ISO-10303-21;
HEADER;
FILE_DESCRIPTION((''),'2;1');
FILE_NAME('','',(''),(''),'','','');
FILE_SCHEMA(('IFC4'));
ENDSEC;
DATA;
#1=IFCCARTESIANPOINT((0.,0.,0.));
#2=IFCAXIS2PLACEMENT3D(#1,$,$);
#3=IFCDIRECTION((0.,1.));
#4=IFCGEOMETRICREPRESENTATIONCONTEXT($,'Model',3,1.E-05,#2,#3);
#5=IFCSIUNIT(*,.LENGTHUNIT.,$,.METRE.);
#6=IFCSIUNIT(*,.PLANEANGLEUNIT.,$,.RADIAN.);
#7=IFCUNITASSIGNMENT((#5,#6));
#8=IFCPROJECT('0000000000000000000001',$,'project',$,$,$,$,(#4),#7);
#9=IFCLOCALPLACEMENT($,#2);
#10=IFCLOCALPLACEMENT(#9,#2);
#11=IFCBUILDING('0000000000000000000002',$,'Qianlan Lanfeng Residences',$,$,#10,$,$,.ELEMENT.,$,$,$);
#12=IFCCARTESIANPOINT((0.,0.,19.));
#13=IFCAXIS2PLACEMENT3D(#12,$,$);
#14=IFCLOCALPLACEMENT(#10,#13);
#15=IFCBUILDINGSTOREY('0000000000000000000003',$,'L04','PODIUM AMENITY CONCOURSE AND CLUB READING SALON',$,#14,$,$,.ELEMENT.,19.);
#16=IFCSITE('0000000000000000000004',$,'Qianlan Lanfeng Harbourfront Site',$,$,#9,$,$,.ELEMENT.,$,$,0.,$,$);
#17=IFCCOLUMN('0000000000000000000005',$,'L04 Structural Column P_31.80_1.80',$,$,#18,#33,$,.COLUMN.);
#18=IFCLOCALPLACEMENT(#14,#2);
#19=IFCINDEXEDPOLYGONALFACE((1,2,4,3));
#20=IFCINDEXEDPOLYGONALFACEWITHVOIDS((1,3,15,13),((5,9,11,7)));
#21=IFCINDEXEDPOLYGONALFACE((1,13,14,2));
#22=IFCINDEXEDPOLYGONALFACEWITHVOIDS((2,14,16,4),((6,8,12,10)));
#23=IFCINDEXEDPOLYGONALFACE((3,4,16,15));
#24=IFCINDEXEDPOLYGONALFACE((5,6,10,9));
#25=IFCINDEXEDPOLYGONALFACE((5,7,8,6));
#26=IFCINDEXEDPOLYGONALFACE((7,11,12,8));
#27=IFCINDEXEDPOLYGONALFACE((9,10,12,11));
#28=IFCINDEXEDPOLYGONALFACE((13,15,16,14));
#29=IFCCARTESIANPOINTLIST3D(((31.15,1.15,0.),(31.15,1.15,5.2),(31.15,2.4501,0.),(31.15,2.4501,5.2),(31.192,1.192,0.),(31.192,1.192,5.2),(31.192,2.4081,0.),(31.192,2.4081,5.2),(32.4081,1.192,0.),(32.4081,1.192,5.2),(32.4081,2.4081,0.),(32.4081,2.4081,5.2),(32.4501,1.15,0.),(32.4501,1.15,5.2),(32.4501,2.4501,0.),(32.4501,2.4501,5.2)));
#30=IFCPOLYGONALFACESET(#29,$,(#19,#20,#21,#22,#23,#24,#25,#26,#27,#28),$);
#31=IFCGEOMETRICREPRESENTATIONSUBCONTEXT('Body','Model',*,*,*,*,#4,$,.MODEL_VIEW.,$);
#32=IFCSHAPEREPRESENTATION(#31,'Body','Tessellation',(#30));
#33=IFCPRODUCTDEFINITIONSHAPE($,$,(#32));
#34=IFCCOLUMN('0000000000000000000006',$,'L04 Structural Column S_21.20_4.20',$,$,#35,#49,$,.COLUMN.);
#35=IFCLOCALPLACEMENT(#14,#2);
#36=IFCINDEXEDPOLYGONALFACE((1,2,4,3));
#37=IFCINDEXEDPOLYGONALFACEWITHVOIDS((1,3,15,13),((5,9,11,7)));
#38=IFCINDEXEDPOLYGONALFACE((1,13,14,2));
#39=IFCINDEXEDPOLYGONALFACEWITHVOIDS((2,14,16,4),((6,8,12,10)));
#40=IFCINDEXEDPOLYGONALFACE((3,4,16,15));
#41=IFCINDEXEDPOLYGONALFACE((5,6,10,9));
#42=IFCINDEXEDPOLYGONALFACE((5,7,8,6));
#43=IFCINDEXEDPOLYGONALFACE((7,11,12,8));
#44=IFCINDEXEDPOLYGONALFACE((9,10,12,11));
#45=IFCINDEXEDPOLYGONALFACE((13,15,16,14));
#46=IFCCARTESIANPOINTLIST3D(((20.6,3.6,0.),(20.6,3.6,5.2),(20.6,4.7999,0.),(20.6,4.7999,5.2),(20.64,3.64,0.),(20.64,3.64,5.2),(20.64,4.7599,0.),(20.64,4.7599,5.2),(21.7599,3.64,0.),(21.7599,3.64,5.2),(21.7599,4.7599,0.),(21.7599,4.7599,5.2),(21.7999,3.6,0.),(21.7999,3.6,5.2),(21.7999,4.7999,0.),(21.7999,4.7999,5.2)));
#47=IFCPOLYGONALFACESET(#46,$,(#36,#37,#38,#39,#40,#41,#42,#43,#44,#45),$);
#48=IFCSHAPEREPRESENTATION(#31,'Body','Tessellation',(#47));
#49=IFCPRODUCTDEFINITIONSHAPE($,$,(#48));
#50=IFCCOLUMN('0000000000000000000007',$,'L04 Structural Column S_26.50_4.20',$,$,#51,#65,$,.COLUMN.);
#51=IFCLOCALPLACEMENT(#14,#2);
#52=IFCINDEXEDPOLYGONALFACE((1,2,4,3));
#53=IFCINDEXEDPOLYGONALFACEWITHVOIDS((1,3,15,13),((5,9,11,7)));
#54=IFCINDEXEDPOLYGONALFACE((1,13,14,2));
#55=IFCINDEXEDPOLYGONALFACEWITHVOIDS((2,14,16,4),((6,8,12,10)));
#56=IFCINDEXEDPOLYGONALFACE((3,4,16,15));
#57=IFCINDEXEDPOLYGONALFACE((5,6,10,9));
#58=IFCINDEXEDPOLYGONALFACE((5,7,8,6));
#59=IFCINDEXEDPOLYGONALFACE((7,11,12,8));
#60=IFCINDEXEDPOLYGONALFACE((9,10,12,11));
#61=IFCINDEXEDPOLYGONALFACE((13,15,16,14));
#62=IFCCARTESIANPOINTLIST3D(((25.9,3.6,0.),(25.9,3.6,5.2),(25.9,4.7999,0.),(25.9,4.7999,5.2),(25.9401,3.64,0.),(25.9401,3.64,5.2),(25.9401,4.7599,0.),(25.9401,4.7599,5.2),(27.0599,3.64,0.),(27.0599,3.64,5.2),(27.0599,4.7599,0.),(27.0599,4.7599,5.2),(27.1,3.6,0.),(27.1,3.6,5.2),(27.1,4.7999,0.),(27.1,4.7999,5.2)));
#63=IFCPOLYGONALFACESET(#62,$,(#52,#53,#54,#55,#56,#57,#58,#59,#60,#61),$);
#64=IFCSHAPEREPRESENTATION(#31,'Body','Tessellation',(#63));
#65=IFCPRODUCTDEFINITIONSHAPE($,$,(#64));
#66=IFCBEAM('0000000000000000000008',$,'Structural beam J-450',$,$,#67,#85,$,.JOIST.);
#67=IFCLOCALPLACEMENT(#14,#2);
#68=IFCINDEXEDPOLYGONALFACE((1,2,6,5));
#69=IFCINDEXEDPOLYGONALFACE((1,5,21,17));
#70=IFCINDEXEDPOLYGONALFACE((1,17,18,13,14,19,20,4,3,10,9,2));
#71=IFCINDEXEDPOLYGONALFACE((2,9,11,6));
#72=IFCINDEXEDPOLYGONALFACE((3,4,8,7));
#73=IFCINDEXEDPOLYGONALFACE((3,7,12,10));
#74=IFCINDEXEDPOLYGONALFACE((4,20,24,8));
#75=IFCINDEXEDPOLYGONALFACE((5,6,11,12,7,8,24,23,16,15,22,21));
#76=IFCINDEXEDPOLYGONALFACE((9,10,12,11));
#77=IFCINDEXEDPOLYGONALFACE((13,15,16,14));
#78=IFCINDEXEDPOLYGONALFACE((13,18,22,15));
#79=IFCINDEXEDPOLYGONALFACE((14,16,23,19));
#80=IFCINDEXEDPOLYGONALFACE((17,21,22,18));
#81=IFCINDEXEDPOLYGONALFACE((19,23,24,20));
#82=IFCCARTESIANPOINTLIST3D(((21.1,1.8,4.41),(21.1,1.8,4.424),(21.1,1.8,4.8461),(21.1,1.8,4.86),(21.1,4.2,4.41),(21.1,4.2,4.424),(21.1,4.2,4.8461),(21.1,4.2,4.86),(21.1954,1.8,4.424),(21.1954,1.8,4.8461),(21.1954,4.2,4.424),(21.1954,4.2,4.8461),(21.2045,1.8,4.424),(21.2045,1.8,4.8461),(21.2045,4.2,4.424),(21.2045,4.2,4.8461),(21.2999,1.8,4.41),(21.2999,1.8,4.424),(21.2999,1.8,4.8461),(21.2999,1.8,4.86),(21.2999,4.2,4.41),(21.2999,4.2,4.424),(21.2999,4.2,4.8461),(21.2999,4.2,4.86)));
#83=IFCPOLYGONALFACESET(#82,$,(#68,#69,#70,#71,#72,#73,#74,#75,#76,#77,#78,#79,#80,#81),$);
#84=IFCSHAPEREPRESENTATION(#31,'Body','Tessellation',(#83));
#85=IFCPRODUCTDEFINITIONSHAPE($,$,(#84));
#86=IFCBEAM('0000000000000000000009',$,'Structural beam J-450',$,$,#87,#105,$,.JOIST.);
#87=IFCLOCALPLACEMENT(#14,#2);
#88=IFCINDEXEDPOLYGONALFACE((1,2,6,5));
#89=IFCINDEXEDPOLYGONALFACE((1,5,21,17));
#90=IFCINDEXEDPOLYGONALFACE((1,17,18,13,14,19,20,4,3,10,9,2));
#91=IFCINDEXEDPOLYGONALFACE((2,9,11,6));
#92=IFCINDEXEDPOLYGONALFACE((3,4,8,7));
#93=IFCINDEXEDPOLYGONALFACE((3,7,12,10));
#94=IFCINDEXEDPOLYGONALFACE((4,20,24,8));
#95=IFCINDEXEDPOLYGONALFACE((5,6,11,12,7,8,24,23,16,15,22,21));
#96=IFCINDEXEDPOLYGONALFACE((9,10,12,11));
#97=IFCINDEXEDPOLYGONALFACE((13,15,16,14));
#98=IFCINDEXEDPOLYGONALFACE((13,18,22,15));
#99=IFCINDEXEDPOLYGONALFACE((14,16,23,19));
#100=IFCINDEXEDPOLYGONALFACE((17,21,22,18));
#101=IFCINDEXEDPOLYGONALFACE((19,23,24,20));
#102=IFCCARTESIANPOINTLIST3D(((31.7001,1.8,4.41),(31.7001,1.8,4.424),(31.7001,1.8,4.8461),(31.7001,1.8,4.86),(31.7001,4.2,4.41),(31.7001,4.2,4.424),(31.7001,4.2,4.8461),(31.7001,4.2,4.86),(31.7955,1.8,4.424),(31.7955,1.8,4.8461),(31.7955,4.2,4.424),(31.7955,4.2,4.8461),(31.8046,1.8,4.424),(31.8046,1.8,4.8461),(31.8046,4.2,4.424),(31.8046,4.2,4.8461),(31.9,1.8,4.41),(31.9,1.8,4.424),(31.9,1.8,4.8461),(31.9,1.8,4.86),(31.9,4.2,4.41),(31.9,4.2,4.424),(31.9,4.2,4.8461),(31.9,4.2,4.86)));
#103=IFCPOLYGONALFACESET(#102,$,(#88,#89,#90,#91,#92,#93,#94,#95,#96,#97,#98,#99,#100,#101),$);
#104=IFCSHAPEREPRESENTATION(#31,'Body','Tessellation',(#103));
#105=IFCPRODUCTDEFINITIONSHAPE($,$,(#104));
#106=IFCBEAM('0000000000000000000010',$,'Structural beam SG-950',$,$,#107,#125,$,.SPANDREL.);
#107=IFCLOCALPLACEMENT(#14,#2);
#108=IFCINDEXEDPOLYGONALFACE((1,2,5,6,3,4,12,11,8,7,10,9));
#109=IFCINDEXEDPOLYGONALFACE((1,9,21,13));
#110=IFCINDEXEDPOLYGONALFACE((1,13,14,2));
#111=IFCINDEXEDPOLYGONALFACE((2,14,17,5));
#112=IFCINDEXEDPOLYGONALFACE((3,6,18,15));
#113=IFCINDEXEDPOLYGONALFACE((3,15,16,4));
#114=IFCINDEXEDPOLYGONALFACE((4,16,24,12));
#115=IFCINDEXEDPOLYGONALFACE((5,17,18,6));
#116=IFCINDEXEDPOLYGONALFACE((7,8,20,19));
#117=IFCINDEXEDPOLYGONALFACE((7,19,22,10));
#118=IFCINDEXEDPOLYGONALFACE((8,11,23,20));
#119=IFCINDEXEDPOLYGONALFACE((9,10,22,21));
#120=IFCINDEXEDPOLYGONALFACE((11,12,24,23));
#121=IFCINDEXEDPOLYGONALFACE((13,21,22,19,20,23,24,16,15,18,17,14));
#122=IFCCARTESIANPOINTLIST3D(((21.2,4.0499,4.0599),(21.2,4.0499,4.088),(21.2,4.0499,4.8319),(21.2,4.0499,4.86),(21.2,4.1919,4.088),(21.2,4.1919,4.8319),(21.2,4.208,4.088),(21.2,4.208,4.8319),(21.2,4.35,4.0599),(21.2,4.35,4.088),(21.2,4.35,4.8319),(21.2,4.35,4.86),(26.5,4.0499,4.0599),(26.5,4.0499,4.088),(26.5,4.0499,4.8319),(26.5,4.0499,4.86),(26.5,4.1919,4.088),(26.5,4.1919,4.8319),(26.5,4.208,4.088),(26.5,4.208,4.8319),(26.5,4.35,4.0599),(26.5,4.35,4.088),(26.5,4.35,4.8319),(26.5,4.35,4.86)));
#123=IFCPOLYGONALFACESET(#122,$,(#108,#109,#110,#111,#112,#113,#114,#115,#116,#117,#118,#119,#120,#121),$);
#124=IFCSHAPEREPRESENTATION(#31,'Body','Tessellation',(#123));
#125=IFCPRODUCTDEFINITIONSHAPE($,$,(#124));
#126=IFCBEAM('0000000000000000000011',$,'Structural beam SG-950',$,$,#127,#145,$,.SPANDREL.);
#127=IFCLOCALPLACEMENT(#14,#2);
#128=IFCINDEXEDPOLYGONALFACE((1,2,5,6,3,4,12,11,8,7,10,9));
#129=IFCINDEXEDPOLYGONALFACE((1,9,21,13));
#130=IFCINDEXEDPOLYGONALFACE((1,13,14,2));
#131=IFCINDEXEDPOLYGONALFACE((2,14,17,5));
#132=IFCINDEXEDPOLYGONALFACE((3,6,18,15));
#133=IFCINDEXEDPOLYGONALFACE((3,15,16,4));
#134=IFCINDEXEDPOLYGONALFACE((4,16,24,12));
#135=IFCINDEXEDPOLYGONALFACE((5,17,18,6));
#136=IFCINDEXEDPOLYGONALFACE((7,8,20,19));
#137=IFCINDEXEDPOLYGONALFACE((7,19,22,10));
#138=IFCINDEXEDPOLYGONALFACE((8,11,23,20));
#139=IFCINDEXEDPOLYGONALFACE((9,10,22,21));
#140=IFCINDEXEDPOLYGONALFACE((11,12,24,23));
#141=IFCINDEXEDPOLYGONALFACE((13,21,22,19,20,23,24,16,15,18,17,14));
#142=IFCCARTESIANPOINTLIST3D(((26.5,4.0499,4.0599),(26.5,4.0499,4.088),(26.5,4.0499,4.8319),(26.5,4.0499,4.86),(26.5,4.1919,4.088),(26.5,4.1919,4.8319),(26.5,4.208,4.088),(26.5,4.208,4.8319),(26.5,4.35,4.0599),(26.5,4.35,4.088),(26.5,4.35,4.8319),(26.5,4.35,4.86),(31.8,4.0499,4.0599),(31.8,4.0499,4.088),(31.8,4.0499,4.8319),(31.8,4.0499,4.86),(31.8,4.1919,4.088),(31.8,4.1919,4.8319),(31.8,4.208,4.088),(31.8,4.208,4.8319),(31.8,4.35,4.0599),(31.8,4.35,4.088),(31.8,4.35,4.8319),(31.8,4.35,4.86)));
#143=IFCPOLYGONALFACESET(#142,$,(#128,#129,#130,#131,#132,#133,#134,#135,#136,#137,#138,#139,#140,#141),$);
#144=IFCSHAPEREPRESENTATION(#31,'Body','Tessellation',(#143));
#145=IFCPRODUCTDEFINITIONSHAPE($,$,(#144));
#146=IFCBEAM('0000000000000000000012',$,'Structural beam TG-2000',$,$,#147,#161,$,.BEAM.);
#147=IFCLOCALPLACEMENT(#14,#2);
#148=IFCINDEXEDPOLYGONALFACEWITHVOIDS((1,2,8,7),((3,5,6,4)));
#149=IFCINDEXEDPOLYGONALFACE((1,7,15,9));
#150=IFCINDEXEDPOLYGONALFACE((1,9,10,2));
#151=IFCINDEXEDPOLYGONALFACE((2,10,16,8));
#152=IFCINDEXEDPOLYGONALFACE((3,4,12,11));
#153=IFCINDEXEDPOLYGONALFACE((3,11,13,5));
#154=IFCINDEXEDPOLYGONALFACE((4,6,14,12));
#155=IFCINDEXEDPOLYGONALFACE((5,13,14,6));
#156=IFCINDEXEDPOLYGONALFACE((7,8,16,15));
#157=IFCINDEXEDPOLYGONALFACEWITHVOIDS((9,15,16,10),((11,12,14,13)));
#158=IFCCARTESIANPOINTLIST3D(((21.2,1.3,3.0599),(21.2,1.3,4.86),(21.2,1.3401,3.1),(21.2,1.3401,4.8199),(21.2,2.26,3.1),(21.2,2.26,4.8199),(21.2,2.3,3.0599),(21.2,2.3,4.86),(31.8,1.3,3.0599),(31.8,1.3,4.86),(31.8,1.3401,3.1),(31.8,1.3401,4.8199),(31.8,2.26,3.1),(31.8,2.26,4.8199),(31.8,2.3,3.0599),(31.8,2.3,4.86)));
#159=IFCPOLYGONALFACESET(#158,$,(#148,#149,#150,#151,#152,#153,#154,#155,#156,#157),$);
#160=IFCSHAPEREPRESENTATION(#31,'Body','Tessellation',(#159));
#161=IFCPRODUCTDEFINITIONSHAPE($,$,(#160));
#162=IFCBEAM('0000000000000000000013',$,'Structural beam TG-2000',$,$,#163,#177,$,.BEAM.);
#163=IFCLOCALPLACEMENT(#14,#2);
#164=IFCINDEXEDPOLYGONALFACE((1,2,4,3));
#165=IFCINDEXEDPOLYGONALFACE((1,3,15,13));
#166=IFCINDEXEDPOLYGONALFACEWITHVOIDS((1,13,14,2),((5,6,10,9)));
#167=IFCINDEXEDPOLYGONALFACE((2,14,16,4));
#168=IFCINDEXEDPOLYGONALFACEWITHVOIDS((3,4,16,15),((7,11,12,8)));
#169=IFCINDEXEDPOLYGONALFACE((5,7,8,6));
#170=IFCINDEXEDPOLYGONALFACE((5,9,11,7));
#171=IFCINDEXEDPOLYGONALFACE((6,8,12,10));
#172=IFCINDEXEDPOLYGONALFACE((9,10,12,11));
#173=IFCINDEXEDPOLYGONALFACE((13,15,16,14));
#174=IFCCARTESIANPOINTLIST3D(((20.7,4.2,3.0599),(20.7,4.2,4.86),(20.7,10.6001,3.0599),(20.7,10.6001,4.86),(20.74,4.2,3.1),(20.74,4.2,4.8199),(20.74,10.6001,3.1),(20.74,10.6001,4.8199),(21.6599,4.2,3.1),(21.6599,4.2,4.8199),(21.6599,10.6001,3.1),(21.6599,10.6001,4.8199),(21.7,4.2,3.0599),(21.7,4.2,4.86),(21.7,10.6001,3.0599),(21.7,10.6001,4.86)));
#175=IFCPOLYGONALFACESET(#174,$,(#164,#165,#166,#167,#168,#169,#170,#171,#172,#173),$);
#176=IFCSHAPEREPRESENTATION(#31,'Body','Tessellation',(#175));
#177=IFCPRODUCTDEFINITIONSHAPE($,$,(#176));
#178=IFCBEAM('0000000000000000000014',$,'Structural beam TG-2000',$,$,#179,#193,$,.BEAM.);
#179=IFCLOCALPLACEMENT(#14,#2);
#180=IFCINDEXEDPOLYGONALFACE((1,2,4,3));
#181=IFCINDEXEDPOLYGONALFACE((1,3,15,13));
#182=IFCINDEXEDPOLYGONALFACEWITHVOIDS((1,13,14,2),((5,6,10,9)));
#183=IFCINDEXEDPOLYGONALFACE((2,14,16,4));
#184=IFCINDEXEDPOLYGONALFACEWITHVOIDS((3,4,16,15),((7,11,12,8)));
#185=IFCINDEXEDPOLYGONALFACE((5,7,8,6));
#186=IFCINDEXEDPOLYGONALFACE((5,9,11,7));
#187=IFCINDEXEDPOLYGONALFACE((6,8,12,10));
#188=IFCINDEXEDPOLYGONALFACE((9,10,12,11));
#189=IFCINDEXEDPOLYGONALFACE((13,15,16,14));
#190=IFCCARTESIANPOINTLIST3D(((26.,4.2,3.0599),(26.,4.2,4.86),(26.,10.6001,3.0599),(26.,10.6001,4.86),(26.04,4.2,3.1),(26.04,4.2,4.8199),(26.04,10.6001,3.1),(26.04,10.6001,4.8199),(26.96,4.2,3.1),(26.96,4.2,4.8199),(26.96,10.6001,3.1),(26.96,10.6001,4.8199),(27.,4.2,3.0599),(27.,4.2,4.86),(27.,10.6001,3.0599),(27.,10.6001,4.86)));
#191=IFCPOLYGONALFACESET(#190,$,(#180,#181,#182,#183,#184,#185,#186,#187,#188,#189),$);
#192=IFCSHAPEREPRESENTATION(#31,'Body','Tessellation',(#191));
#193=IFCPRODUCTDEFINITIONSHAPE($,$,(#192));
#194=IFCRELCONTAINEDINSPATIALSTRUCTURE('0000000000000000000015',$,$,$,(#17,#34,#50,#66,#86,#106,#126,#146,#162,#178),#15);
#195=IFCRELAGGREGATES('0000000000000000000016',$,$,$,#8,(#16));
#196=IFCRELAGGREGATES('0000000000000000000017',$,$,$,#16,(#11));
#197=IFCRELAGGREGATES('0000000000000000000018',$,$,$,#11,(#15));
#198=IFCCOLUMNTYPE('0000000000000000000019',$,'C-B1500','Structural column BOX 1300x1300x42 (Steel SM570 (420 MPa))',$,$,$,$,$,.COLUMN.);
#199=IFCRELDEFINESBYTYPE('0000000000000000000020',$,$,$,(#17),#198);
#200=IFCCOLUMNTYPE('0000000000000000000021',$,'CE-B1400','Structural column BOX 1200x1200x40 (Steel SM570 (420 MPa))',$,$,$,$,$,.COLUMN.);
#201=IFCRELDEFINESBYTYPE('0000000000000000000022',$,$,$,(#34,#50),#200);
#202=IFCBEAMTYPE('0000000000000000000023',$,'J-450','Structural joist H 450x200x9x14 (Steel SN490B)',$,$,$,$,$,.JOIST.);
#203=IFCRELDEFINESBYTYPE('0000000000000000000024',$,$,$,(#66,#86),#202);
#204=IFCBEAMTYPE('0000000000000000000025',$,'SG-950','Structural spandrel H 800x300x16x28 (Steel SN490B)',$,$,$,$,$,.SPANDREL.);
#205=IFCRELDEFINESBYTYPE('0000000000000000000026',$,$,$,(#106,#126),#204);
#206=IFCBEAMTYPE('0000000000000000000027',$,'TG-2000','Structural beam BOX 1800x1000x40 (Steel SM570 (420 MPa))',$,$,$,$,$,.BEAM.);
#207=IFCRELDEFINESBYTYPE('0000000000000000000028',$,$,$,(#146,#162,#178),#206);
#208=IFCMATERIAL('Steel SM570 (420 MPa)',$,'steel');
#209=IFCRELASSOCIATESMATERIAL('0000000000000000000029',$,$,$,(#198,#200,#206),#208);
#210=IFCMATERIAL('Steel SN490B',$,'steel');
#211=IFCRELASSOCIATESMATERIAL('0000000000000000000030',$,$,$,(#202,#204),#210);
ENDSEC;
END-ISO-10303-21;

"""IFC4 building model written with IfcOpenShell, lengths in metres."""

from ifc_helpers import new_model, si_unit, direction, frame, origin, origin_2d, place, context, subcontext, project, spatial, hollow_rectangle, i_section, extrude, material, material_profile, profile_set, type_object, element, save


model = new_model("IFC4")

# Units and contexts
model_context = context("Model", 3, precision=1e-05, world=origin(), true_north=direction((0.0, 1.0)))
body_context = subcontext(model_context, "Body", "Model", "MODEL_VIEW")
ifc_project = project(units=[si_unit("LENGTHUNIT", "METRE"), si_unit("PLANEANGLEUNIT", "RADIAN")], contexts=[model_context])

# Site, building, storey
site_placement = place(None, origin())
site = spatial("IfcSite", under=ifc_project, at=site_placement, Name="Qianlan Lanfeng Harbourfront Site", CompositionType="ELEMENT", RefElevation=0.0)
building_placement = place(site_placement, origin())
building = spatial("IfcBuilding", under=site, at=building_placement, Name="Qianlan Lanfeng Residences", CompositionType="ELEMENT")
storey_placement = place(building_placement, frame((0.0, 0.0, 19.0)))
storey = spatial("IfcBuildingStorey", under=building, at=storey_placement, Name="L04", Description="PODIUM AMENITY CONCOURSE AND CLUB READING SALON", CompositionType="ELEMENT", Elevation=19.0)

# Columns
ifc_material_1 = material(Name="Steel SM570 (420 MPa)", Category="steel")
ifc_material_profile_1 = material_profile(ifc_material_1, hollow_rectangle(XDim=1.3, YDim=1.3, WallThickness=0.042, at=origin_2d()), Name="BOX 1300x1300x42")
ifc_profile_set_1 = profile_set([ifc_material_profile_1], Name="Steel SM570 (420 MPa)")
column_type_1 = type_object("IfcColumnType", Name="C-B1500", Description="Structural column BOX 1300x1300x42 (Steel SM570 (420 MPa))", PredefinedType="COLUMN", material=ifc_profile_set_1)
column_placement = place(storey_placement, frame((31.8, 1.8, 0.0), z_axis=(0.0, 0.0, 1.0), x_axis=(1.0, 0.0, 0.0)))
element("IfcColumn", 1, at=column_placement, inside=storey, type_object=column_type_1, Name="L04 Structural Column P_31.80_1.80", PredefinedType="COLUMN", context=body_context, shape_type="SweptSolid", body=[
    extrude(hollow_rectangle(XDim=1.3, YDim=1.3, WallThickness=0.042, at=origin_2d()), origin(), (0.0, 0.0, 1.0), 5.2),
])
ifc_material_profile_2 = material_profile(ifc_material_1, hollow_rectangle(XDim=1.2, YDim=1.2, WallThickness=0.04, at=origin_2d()), Name="BOX 1200x1200x40")
ifc_profile_set_2 = profile_set([ifc_material_profile_2], Name="Steel SM570 (420 MPa)")
column_type_2 = type_object("IfcColumnType", Name="CE-B1400", Description="Structural column BOX 1200x1200x40 (Steel SM570 (420 MPa))", PredefinedType="COLUMN", material=ifc_profile_set_2)
for number, where, z_axis, x_axis, name in (
    (2, (21.2, 4.2, 0.0), (0.0, 0.0, 1.0), (1.0, 0.0, 0.0), "L04 Structural Column S_21.20_4.20"),
    (3, (26.5, 4.2, 0.0), (0.0, 0.0, 1.0), (1.0, 0.0, 0.0), "L04 Structural Column S_26.50_4.20"),
):
    element("IfcColumn", number, at=place(storey_placement, frame(where, z_axis=z_axis, x_axis=x_axis)), inside=storey, type_object=column_type_2, Name=name, PredefinedType="COLUMN", context=body_context, shape_type="SweptSolid", body=[
        extrude(hollow_rectangle(XDim=1.2, YDim=1.2, WallThickness=0.04, at=origin_2d()), origin(), (0.0, 0.0, 1.0), 5.2),
    ])

# Beams
ifc_material_2 = material(Name="Steel SN490B", Category="steel")
ifc_material_profile_3 = material_profile(ifc_material_2, i_section(OverallWidth=0.2, OverallDepth=0.45, WebThickness=0.009, FlangeThickness=0.0139, at=origin_2d()), Name="H 450x200x9x14")
ifc_profile_set_3 = profile_set([ifc_material_profile_3], Name="Steel SN490B")
beam_type_1 = type_object("IfcBeamType", Name="J-450", Description="Structural joist H 450x200x9x14 (Steel SN490B)", PredefinedType="JOIST", material=ifc_profile_set_3)
for number, where, z_axis, x_axis, name in (
    (4, (21.2, 1.8, 4.635), (0.0, 1.0, 0.0), (-1.0, 0.0, 0.0), "Structural beam J-450"),
    (5, (31.8, 1.8, 4.635), (0.0, 1.0, 0.0), (-1.0, 0.0, 0.0), "Structural beam J-450"),
):
    element("IfcBeam", number, at=place(storey_placement, frame(where, z_axis=z_axis, x_axis=x_axis)), inside=storey, type_object=beam_type_1, Name=name, PredefinedType="JOIST", context=body_context, shape_type="SweptSolid", body=[
        extrude(i_section(OverallWidth=0.2, OverallDepth=0.45, WebThickness=0.009, FlangeThickness=0.0139, at=origin_2d()), origin(), (0.0, 0.0, 1.0), 2.3999),
    ])
ifc_material_profile_4 = material_profile(ifc_material_2, i_section(OverallWidth=0.3, OverallDepth=0.8, WebThickness=0.0161, FlangeThickness=0.0281, at=origin_2d()), Name="H 800x300x16x28")
ifc_profile_set_4 = profile_set([ifc_material_profile_4], Name="Steel SN490B")
beam_type_2 = type_object("IfcBeamType", Name="SG-950", Description="Structural spandrel H 800x300x16x28 (Steel SN490B)", PredefinedType="SPANDREL", material=ifc_profile_set_4)
for number, where, z_axis, x_axis, name in (
    (6, (21.2, 4.2, 4.46), (1.0, 0.0, 0.0), (0.0, 1.0, 0.0), "Structural beam SG-950"),
    (7, (26.5, 4.2, 4.46), (1.0, 0.0, 0.0), (0.0, 1.0, 0.0), "Structural beam SG-950"),
):
    element("IfcBeam", number, at=place(storey_placement, frame(where, z_axis=z_axis, x_axis=x_axis)), inside=storey, type_object=beam_type_2, Name=name, PredefinedType="SPANDREL", context=body_context, shape_type="SweptSolid", body=[
        extrude(i_section(OverallWidth=0.3, OverallDepth=0.8, WebThickness=0.0161, FlangeThickness=0.0281, at=origin_2d()), origin(), (0.0, 0.0, 1.0), 5.3),
    ])
ifc_material_profile_5 = material_profile(ifc_material_1, hollow_rectangle(XDim=1.0, YDim=1.8, WallThickness=0.04, at=origin_2d()), Name="BOX 1800x1000x40")
ifc_profile_set_5 = profile_set([ifc_material_profile_5], Name="Steel SM570 (420 MPa)")
beam_type_3 = type_object("IfcBeamType", Name="TG-2000", Description="Structural beam BOX 1800x1000x40 (Steel SM570 (420 MPa))", PredefinedType="BEAM", material=ifc_profile_set_5)
beam_placement = place(storey_placement, frame((21.2, 1.8, 3.96), z_axis=(1.0, 0.0, 0.0), x_axis=(0.0, 1.0, 0.0)))
element("IfcBeam", 8, at=beam_placement, inside=storey, type_object=beam_type_3, Name="Structural beam TG-2000", PredefinedType="BEAM", context=body_context, shape_type="SweptSolid", body=[
    extrude(hollow_rectangle(XDim=1.0, YDim=1.8, WallThickness=0.04, at=origin_2d()), origin(), (0.0, 0.0, 1.0), 10.6001),
])
for number, where, z_axis, x_axis, name in (
    (9, (21.2, 4.2, 3.96), (0.0, 1.0, 0.0), (-1.0, 0.0, 0.0), "Structural beam TG-2000"),
    (10, (26.5, 4.2, 3.96), (0.0, 1.0, 0.0), (-1.0, 0.0, 0.0), "Structural beam TG-2000"),
):
    element("IfcBeam", number, at=place(storey_placement, frame(where, z_axis=z_axis, x_axis=x_axis)), inside=storey, type_object=beam_type_3, Name=name, PredefinedType="BEAM", context=body_context, shape_type="SweptSolid", body=[
        extrude(hollow_rectangle(XDim=1.0, YDim=1.8, WallThickness=0.04, at=origin_2d()), origin(), (0.0, 0.0, 1.0), 6.4001),
    ])

save(model, "model.ifc")
